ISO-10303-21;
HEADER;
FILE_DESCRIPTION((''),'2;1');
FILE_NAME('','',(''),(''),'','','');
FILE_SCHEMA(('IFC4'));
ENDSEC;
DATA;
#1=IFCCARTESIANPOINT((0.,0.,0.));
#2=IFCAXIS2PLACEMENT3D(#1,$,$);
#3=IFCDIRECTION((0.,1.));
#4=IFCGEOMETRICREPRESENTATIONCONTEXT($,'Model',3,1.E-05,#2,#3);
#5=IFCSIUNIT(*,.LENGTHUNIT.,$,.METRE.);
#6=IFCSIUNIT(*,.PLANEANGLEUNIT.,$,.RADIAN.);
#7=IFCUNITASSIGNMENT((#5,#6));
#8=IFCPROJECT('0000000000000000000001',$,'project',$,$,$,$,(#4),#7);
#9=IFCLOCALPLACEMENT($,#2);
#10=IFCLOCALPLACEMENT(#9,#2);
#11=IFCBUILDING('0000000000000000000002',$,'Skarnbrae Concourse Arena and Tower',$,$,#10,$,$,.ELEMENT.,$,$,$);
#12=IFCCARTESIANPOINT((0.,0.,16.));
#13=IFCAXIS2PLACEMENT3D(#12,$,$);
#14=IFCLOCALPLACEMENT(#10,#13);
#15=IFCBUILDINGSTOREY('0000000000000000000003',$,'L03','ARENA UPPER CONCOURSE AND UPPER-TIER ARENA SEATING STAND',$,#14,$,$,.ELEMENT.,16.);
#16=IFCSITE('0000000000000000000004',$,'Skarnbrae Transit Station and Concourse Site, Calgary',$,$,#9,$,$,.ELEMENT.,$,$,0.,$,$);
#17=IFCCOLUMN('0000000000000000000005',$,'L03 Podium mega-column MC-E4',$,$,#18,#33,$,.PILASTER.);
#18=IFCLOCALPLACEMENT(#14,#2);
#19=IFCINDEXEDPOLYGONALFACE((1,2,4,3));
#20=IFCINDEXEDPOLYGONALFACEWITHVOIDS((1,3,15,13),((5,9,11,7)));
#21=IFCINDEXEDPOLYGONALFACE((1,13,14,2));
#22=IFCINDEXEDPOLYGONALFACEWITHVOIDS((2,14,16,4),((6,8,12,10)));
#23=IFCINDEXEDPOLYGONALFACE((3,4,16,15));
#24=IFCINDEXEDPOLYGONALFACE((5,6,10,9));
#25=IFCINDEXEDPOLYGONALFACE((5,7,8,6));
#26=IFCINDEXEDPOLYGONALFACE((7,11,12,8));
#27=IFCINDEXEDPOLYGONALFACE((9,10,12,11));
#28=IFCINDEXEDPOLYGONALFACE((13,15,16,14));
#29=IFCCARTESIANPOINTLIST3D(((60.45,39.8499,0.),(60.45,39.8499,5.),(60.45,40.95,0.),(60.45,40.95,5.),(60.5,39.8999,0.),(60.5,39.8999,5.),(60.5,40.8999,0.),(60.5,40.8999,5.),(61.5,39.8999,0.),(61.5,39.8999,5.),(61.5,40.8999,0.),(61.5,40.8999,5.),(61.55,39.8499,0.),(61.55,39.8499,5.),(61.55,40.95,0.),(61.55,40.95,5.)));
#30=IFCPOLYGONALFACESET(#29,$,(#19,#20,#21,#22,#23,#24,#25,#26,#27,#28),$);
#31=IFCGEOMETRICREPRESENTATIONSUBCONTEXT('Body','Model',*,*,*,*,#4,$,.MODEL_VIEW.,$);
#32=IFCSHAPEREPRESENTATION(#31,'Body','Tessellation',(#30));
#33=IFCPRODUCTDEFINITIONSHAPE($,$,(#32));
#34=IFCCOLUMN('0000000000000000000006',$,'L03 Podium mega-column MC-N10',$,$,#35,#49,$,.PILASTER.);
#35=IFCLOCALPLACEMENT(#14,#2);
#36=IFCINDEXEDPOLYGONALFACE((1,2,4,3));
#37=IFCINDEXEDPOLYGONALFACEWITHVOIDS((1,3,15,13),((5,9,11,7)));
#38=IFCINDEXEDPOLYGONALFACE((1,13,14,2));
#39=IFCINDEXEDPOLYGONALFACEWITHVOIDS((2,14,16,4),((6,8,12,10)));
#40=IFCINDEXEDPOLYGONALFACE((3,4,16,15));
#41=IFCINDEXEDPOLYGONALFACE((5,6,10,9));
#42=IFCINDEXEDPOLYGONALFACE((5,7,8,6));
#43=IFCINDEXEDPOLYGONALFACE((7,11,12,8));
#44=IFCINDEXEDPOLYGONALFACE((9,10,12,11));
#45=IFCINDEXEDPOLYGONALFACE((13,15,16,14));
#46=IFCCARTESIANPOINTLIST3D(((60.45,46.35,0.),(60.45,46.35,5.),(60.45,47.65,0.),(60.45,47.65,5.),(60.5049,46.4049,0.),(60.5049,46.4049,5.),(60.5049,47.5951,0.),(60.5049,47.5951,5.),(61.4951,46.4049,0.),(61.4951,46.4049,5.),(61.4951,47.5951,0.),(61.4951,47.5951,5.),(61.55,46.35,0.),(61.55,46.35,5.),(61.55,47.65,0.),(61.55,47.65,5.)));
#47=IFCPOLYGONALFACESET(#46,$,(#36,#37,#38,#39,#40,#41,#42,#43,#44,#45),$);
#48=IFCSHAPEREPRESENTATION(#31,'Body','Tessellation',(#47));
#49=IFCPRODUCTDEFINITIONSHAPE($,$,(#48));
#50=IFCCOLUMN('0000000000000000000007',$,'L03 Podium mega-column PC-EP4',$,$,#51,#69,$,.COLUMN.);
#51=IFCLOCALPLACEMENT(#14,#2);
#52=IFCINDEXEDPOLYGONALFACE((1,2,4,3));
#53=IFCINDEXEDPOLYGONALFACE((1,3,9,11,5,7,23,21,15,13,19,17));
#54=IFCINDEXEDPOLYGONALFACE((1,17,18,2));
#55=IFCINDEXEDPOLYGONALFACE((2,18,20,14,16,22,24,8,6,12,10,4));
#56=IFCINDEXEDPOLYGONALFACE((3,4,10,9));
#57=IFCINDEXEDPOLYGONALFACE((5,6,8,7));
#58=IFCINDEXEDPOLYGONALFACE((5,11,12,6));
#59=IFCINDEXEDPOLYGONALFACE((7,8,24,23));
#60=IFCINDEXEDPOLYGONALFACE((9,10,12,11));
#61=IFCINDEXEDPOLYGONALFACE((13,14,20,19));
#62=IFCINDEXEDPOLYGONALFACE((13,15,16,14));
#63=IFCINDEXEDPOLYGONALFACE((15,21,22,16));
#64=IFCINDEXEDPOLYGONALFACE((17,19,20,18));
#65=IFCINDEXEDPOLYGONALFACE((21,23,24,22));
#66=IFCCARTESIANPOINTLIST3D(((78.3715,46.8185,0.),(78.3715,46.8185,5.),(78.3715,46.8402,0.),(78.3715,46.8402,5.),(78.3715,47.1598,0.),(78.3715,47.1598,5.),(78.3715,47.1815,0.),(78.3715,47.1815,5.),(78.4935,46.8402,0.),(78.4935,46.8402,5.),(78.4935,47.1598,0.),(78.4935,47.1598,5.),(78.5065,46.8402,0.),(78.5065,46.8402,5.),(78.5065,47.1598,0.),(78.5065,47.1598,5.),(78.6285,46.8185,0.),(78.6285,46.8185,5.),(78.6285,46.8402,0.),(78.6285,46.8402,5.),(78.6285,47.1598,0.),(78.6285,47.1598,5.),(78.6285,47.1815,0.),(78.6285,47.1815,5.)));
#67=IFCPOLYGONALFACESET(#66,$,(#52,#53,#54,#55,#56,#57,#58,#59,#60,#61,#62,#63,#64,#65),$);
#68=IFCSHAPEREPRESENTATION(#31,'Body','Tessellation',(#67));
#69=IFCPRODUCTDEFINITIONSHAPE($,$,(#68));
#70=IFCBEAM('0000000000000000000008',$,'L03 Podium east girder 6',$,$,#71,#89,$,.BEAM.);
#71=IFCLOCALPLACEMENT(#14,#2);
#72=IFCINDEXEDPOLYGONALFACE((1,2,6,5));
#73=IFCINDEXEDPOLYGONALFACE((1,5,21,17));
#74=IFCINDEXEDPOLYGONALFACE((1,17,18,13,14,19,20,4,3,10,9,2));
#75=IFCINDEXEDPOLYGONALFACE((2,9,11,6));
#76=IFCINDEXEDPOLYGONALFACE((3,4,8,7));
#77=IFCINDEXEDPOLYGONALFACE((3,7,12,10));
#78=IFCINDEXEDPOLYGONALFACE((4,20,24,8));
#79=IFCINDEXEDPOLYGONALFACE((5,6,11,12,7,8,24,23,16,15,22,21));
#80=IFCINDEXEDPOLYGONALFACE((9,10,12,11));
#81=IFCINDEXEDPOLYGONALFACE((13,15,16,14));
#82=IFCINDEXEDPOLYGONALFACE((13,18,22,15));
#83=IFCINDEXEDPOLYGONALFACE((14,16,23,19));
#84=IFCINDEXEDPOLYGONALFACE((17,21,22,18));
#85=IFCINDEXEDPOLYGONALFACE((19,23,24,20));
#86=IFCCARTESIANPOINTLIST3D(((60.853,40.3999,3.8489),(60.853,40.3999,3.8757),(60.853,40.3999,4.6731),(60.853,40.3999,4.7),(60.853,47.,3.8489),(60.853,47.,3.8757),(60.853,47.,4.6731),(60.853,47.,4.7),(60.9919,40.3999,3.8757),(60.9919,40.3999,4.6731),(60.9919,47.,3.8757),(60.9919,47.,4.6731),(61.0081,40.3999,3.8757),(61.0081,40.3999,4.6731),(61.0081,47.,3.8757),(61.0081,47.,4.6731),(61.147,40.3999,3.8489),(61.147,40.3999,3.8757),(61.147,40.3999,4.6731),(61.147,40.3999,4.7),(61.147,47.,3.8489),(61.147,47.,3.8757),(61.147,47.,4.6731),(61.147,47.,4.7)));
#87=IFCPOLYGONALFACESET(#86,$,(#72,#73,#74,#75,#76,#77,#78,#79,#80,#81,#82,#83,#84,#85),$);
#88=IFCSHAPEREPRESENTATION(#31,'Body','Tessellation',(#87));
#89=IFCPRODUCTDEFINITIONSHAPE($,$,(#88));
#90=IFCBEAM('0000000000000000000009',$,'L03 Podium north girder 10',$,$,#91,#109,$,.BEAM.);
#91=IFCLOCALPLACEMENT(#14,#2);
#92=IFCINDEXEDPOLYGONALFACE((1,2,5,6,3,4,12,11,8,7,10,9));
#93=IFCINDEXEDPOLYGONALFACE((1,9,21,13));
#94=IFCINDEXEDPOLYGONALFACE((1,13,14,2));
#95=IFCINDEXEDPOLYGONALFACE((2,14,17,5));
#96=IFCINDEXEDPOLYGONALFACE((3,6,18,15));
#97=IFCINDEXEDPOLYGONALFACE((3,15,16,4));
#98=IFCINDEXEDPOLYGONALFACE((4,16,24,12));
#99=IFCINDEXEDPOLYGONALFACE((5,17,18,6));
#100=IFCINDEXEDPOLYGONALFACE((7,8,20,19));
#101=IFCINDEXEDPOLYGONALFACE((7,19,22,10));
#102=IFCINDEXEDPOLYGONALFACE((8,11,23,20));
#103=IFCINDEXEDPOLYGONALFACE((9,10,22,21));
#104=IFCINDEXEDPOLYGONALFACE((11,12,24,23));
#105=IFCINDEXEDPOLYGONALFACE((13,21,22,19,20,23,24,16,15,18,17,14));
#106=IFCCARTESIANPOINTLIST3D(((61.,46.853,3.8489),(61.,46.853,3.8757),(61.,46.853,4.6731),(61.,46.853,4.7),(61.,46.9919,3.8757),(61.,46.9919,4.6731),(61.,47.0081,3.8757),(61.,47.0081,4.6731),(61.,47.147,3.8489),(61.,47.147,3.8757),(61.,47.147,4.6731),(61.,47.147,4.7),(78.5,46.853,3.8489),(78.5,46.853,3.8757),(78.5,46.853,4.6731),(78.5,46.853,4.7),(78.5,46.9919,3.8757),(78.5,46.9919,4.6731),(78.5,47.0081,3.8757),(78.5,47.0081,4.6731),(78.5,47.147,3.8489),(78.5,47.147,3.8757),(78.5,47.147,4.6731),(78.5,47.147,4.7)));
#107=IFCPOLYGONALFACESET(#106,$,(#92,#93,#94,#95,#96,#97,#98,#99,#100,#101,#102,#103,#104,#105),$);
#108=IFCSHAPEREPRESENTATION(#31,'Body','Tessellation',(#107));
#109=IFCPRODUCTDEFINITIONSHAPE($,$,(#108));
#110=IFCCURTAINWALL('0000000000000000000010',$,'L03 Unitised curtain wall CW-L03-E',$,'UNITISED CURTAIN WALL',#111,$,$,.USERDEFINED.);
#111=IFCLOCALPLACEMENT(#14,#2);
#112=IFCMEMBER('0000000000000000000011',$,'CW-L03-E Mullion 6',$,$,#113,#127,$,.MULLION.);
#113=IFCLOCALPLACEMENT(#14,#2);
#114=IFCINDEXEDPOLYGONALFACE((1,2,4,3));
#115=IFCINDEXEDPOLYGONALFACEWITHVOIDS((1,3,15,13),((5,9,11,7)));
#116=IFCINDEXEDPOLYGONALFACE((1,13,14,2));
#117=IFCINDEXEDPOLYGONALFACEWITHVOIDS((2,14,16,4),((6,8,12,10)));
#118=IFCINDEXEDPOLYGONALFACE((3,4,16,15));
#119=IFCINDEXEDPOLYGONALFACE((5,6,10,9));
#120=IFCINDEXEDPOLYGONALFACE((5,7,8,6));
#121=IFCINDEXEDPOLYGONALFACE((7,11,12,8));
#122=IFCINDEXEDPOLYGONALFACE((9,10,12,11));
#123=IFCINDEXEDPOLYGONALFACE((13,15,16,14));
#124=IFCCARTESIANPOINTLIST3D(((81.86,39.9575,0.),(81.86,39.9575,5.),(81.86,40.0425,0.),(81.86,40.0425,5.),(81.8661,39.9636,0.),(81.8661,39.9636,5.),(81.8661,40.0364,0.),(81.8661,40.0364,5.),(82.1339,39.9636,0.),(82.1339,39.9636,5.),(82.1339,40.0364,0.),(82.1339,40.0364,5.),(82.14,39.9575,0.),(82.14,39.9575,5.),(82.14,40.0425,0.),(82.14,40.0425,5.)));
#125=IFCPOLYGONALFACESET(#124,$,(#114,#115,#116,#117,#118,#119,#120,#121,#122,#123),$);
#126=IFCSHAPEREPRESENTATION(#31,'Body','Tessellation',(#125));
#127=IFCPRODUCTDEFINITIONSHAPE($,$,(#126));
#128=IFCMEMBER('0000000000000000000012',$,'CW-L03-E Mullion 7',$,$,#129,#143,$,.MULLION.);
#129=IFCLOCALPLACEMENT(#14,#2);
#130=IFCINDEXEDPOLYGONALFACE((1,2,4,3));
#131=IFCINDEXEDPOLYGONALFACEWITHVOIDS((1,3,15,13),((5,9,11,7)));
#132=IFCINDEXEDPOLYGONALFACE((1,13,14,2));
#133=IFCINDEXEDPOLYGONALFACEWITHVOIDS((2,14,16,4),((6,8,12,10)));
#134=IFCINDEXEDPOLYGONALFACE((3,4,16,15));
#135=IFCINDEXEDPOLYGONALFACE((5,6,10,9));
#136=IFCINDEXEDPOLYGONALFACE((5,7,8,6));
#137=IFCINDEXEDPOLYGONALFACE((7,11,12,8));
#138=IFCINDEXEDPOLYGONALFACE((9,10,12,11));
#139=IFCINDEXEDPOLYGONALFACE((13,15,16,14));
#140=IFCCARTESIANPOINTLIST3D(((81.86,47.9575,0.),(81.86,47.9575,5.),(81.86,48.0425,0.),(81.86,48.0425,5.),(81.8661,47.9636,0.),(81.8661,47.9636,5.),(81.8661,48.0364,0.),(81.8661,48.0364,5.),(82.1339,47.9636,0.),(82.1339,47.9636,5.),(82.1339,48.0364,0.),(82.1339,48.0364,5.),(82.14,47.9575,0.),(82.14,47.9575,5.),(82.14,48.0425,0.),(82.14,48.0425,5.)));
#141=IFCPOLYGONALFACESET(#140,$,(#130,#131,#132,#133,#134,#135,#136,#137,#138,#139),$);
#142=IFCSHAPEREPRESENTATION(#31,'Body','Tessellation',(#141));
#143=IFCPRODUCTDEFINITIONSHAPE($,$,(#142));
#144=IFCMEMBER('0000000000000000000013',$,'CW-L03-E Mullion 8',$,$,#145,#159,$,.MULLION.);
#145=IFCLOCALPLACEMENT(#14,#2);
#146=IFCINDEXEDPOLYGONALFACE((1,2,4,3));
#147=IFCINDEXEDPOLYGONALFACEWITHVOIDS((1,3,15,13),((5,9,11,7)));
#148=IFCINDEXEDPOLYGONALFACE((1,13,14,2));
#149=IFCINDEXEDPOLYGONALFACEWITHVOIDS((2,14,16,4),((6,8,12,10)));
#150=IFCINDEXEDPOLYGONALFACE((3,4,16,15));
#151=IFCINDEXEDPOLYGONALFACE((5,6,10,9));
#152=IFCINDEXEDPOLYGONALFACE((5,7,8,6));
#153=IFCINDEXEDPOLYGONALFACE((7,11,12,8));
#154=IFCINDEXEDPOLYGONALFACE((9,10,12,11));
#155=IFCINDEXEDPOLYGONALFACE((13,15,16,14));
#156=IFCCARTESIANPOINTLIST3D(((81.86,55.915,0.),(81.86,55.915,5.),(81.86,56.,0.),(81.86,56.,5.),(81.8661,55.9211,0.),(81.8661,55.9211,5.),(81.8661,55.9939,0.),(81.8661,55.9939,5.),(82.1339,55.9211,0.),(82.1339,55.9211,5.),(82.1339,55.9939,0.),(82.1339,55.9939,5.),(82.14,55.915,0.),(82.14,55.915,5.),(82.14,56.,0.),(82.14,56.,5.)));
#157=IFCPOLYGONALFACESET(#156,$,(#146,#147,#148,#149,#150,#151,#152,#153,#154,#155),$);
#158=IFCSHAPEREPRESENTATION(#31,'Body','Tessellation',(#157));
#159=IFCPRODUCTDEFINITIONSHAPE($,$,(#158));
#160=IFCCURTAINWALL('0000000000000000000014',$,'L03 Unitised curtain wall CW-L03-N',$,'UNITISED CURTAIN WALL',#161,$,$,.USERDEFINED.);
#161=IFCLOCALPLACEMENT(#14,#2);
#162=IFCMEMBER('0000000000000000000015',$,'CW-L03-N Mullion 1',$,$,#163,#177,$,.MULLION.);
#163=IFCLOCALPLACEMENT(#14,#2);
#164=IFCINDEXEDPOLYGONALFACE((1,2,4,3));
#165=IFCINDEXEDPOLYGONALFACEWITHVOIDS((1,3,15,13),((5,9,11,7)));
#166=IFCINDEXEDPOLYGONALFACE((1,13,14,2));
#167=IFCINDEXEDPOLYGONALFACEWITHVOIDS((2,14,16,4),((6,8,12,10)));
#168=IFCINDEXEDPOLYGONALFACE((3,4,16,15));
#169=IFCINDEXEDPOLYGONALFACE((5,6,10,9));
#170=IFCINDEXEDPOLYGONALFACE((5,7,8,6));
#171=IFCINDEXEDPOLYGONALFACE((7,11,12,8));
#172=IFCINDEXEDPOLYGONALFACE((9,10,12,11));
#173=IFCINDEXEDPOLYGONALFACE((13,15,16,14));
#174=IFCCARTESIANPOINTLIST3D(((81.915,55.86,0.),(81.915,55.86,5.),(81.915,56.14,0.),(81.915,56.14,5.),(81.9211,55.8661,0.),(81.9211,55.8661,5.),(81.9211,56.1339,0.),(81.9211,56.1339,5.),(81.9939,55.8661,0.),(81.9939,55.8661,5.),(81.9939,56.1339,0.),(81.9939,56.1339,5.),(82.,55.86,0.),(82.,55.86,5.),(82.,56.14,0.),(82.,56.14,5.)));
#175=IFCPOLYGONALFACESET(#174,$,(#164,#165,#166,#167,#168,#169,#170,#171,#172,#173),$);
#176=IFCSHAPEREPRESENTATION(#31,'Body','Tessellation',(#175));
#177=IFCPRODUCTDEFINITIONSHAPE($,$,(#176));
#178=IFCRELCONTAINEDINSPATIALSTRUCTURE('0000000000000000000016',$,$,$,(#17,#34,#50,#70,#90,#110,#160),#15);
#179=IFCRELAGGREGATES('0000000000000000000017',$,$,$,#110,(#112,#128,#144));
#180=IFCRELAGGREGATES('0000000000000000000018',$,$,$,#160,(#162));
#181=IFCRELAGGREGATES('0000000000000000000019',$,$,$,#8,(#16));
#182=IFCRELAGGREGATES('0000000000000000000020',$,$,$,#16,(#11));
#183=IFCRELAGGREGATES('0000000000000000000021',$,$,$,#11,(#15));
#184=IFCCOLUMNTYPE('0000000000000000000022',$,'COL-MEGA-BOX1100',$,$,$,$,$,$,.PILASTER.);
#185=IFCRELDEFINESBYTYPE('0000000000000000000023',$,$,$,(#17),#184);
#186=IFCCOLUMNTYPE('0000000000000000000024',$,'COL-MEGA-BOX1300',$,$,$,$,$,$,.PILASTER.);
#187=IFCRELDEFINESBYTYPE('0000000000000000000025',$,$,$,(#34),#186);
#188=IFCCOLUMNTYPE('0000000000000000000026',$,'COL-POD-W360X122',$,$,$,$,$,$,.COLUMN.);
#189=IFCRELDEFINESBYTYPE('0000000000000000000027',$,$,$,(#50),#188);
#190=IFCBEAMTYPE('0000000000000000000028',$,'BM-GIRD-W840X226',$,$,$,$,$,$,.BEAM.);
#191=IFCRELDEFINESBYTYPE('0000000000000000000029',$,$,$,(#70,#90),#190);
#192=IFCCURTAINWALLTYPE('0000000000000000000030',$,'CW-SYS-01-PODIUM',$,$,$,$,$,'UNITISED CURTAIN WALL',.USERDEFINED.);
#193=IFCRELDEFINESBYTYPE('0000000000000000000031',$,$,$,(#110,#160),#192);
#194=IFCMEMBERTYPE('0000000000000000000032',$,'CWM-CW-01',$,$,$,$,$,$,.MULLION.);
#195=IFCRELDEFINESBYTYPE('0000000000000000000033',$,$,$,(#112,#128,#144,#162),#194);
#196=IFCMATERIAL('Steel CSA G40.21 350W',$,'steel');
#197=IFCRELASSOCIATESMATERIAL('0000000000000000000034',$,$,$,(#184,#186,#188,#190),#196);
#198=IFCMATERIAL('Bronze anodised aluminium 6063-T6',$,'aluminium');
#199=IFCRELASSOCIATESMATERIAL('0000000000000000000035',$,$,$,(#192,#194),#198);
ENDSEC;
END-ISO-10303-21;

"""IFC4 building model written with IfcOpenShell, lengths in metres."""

from ifc_helpers import new_model, si_unit, direction, frame, origin, origin_2d, place, context, subcontext, project, spatial, hollow_rectangle, i_section, extrude, source, transform, mapped, material, material_profile, profile_set, type_object, element, aggregate, save


model = new_model("IFC4")

# Units and contexts
model_context = context("Model", 3, precision=1e-05, world=origin(), true_north=direction((0.0, 1.0)))
body_context = subcontext(model_context, "Body", "Model", "MODEL_VIEW")
ifc_project = project(units=[si_unit("LENGTHUNIT", "METRE"), si_unit("PLANEANGLEUNIT", "RADIAN")], contexts=[model_context])

# Site, building, storey
site_placement = place(None, origin())
site = spatial("IfcSite", under=ifc_project, at=site_placement, Name="Skarnbrae Transit Station and Concourse Site, Calgary", CompositionType="ELEMENT", RefElevation=0.0)
building_placement = place(site_placement, origin())
building = spatial("IfcBuilding", under=site, at=building_placement, Name="Skarnbrae Concourse Arena and Tower", CompositionType="ELEMENT")
storey_placement = place(building_placement, frame((0.0, 0.0, 16.0)))
storey = spatial("IfcBuildingStorey", under=building, at=storey_placement, Name="L03", Description="ARENA UPPER CONCOURSE AND UPPER-TIER ARENA SEATING STAND", CompositionType="ELEMENT", Elevation=16.0)

# Columns
ifc_material_1 = material(Name="Steel CSA G40.21 350W", Category="steel")
ifc_material_profile_1 = material_profile(ifc_material_1, hollow_rectangle(XDim=1.1001, YDim=1.1001, WallThickness=0.05, at=origin_2d()), Name="BOX1100X1100X50")
ifc_profile_set_1 = profile_set([ifc_material_profile_1], Name="Steel CSA G40.21 350W")
column_type_1 = type_object("IfcColumnType", Name="COL-MEGA-BOX1100", PredefinedType="PILASTER", material=ifc_profile_set_1)
shared_shape_1 = source(origin(), body_context, "Body", "SweptSolid", [
    extrude(hollow_rectangle(XDim=1.1001, YDim=1.1001, WallThickness=0.05, at=origin_2d()), origin(), (0.0, 0.0, 1.0), 5.0),
])
column_1_placement = place(storey_placement, frame((61.0, 40.3999, 0.0), z_axis=(0.0, 0.0, 1.0), x_axis=(1.0, 0.0, 0.0)))
element("IfcColumn", 1, at=column_1_placement, inside=storey, type_object=column_type_1, Name="L03 Podium mega-column MC-E4", PredefinedType="PILASTER", context=body_context, shape_type="MappedRepresentation", body=[
    mapped(shared_shape_1, transform((0.0, 0.0, 0.0))),
])
ifc_material_profile_2 = material_profile(ifc_material_1, hollow_rectangle(XDim=1.1001, YDim=1.3, WallThickness=0.0549, at=origin_2d()), Name="BOX1300X1100X55")
ifc_profile_set_2 = profile_set([ifc_material_profile_2], Name="Steel CSA G40.21 350W")
column_type_2 = type_object("IfcColumnType", Name="COL-MEGA-BOX1300", PredefinedType="PILASTER", material=ifc_profile_set_2)
shared_shape_2 = source(origin(), body_context, "Body", "SweptSolid", [
    extrude(hollow_rectangle(XDim=1.1001, YDim=1.3, WallThickness=0.0549, at=origin_2d()), origin(), (0.0, 0.0, 1.0), 5.0),
])
column_2_placement = place(storey_placement, frame((61.0, 47.0, 0.0), z_axis=(0.0, 0.0, 1.0), x_axis=(1.0, 0.0, 0.0)))
element("IfcColumn", 2, at=column_2_placement, inside=storey, type_object=column_type_2, Name="L03 Podium mega-column MC-N10", PredefinedType="PILASTER", context=body_context, shape_type="MappedRepresentation", body=[
    mapped(shared_shape_2, transform((0.0, 0.0, 0.0))),
])
ifc_material_profile_3 = material_profile(ifc_material_1, i_section(OverallWidth=0.2571, OverallDepth=0.363, WebThickness=0.0129, FlangeThickness=0.0217, at=origin_2d()), Name="W360X122")
ifc_profile_set_3 = profile_set([ifc_material_profile_3], Name="Steel CSA G40.21 350W")
column_type_3 = type_object("IfcColumnType", Name="COL-POD-W360X122", PredefinedType="COLUMN", material=ifc_profile_set_3)
shared_shape_3 = source(origin(), body_context, "Body", "SweptSolid", [
    extrude(i_section(OverallWidth=0.2571, OverallDepth=0.363, WebThickness=0.0129, FlangeThickness=0.0217, at=origin_2d()), origin(), (0.0, 0.0, 1.0), 5.0),
])
column_3_placement = place(storey_placement, frame((78.5, 47.0, 0.0), z_axis=(0.0, 0.0, 1.0), x_axis=(1.0, 0.0, 0.0)))
element("IfcColumn", 3, at=column_3_placement, inside=storey, type_object=column_type_3, Name="L03 Podium mega-column PC-EP4", PredefinedType="COLUMN", context=body_context, shape_type="MappedRepresentation", body=[
    mapped(shared_shape_3, transform((0.0, 0.0, 0.0))),
])

# Beams
ifc_material_profile_4 = material_profile(ifc_material_1, i_section(OverallWidth=0.2939, OverallDepth=0.8511, WebThickness=0.0161, FlangeThickness=0.0269, at=origin_2d()), Name="W840X226")
ifc_profile_set_4 = profile_set([ifc_material_profile_4], Name="Steel CSA G40.21 350W")
beam_type = type_object("IfcBeamType", Name="BM-GIRD-W840X226", PredefinedType="BEAM", material=ifc_profile_set_4)
shared_shape_4 = source(origin(), body_context, "Body", "SweptSolid", [
    extrude(i_section(OverallWidth=0.2939, OverallDepth=0.8511, WebThickness=0.0161, FlangeThickness=0.0269, at=origin_2d()), origin(), (0.0, 0.0, 1.0), 6.6001),
])
beam_1_placement = place(storey_placement, frame((61.0, 40.3999, 4.2744), z_axis=(0.0, 1.0, 0.0), x_axis=(-1.0, 0.0, 0.0)))
element("IfcBeam", 4, at=beam_1_placement, inside=storey, type_object=beam_type, Name="L03 Podium east girder 6", PredefinedType="BEAM", context=body_context, shape_type="MappedRepresentation", body=[
    mapped(shared_shape_4, transform((0.0, 0.0, 0.0))),
])
shared_shape_5 = source(origin(), body_context, "Body", "SweptSolid", [
    extrude(i_section(OverallWidth=0.2939, OverallDepth=0.8511, WebThickness=0.0161, FlangeThickness=0.0269, at=origin_2d()), origin(), (0.0, 0.0, 1.0), 17.5),
])
beam_2_placement = place(storey_placement, frame((61.0, 47.0, 4.2744), z_axis=(1.0, 0.0, 0.0), x_axis=(0.0, 1.0, 0.0)))
element("IfcBeam", 5, at=beam_2_placement, inside=storey, type_object=beam_type, Name="L03 Podium north girder 10", PredefinedType="BEAM", context=body_context, shape_type="MappedRepresentation", body=[
    mapped(shared_shape_5, transform((0.0, 0.0, 0.0))),
])

# Curtain walls, members
ifc_material_2 = material(Name="Bronze anodised aluminium 6063-T6", Category="aluminium")
curtain_wall_type = type_object("IfcCurtainWallType", Name="CW-SYS-01-PODIUM", ElementType="UNITISED CURTAIN WALL", PredefinedType="USERDEFINED", material=ifc_material_2)
curtain_wall_1_placement = place(storey_placement, origin())
curtain_wall_1 = element("IfcCurtainWall", 6, at=curtain_wall_1_placement, inside=storey, type_object=curtain_wall_type, Name="L03 Unitised curtain wall CW-L03-E", ObjectType="UNITISED CURTAIN WALL", PredefinedType="USERDEFINED")
ifc_material_profile_5 = material_profile(ifc_material_2, hollow_rectangle(XDim=0.085, YDim=0.28, WallThickness=0.0061, at=origin_2d()), Name="ALU-MULL-85X280")
ifc_profile_set_5 = profile_set([ifc_material_profile_5], Name="Bronze anodised aluminium 6063-T6")
member_type_1 = type_object("IfcMemberType", Name="CWM-CW-01", PredefinedType="MULLION", material=ifc_profile_set_5)
shared_shape_6 = source(origin(), body_context, "Body", "SweptSolid", [
    extrude(hollow_rectangle(XDim=0.085, YDim=0.28, WallThickness=0.0061, at=origin_2d()), origin(), (0.0, 0.0, 1.0), 5.0),
])
member_1_placement = place(storey_placement, frame((82.0, 40.0, 0.0), z_axis=(0.0, 0.0, 1.0), x_axis=(0.0, 1.0, 0.0)))
member_1 = element("IfcMember", 7, at=member_1_placement, type_object=member_type_1, Name="CW-L03-E Mullion 6", PredefinedType="MULLION", context=body_context, shape_type="MappedRepresentation", body=[
    mapped(shared_shape_6, transform((0.0, 0.0, 0.0))),
])
member_2_placement = place(storey_placement, frame((82.0, 48.0, 0.0), z_axis=(0.0, 0.0, 1.0), x_axis=(0.0, 1.0, 0.0)))
member_2 = element("IfcMember", 8, at=member_2_placement, type_object=member_type_1, Name="CW-L03-E Mullion 7", PredefinedType="MULLION", context=body_context, shape_type="MappedRepresentation", body=[
    mapped(shared_shape_6, transform((0.0, 0.0, 0.0))),
])
member_3_placement = place(storey_placement, frame((82.0, 55.9575, 0.0), z_axis=(0.0, 0.0, 1.0), x_axis=(0.0, 1.0, 0.0)))
member_3 = element("IfcMember", 9, at=member_3_placement, type_object=member_type_1, Name="CW-L03-E Mullion 8", PredefinedType="MULLION", context=body_context, shape_type="MappedRepresentation", body=[
    mapped(shared_shape_6, transform((0.0, 0.0, 0.0))),
])
curtain_wall_2_placement = place(storey_placement, origin())
curtain_wall_2 = element("IfcCurtainWall", 10, at=curtain_wall_2_placement, inside=storey, type_object=curtain_wall_type, Name="L03 Unitised curtain wall CW-L03-N", ObjectType="UNITISED CURTAIN WALL", PredefinedType="USERDEFINED")
member_4_placement = place(storey_placement, frame((81.9575, 56.0, 0.0), z_axis=(0.0, 0.0, 1.0), x_axis=(-1.0, 0.0, 0.0)))
member_4 = element("IfcMember", 11, at=member_4_placement, type_object=member_type_1, Name="CW-L03-N Mullion 1", PredefinedType="MULLION", context=body_context, shape_type="MappedRepresentation", body=[
    mapped(shared_shape_6, transform((0.0, 0.0, 0.0))),
])

aggregate(curtain_wall_1, [member_1, member_2, member_3])
aggregate(curtain_wall_2, [member_4])

save(model, "model.ifc")
